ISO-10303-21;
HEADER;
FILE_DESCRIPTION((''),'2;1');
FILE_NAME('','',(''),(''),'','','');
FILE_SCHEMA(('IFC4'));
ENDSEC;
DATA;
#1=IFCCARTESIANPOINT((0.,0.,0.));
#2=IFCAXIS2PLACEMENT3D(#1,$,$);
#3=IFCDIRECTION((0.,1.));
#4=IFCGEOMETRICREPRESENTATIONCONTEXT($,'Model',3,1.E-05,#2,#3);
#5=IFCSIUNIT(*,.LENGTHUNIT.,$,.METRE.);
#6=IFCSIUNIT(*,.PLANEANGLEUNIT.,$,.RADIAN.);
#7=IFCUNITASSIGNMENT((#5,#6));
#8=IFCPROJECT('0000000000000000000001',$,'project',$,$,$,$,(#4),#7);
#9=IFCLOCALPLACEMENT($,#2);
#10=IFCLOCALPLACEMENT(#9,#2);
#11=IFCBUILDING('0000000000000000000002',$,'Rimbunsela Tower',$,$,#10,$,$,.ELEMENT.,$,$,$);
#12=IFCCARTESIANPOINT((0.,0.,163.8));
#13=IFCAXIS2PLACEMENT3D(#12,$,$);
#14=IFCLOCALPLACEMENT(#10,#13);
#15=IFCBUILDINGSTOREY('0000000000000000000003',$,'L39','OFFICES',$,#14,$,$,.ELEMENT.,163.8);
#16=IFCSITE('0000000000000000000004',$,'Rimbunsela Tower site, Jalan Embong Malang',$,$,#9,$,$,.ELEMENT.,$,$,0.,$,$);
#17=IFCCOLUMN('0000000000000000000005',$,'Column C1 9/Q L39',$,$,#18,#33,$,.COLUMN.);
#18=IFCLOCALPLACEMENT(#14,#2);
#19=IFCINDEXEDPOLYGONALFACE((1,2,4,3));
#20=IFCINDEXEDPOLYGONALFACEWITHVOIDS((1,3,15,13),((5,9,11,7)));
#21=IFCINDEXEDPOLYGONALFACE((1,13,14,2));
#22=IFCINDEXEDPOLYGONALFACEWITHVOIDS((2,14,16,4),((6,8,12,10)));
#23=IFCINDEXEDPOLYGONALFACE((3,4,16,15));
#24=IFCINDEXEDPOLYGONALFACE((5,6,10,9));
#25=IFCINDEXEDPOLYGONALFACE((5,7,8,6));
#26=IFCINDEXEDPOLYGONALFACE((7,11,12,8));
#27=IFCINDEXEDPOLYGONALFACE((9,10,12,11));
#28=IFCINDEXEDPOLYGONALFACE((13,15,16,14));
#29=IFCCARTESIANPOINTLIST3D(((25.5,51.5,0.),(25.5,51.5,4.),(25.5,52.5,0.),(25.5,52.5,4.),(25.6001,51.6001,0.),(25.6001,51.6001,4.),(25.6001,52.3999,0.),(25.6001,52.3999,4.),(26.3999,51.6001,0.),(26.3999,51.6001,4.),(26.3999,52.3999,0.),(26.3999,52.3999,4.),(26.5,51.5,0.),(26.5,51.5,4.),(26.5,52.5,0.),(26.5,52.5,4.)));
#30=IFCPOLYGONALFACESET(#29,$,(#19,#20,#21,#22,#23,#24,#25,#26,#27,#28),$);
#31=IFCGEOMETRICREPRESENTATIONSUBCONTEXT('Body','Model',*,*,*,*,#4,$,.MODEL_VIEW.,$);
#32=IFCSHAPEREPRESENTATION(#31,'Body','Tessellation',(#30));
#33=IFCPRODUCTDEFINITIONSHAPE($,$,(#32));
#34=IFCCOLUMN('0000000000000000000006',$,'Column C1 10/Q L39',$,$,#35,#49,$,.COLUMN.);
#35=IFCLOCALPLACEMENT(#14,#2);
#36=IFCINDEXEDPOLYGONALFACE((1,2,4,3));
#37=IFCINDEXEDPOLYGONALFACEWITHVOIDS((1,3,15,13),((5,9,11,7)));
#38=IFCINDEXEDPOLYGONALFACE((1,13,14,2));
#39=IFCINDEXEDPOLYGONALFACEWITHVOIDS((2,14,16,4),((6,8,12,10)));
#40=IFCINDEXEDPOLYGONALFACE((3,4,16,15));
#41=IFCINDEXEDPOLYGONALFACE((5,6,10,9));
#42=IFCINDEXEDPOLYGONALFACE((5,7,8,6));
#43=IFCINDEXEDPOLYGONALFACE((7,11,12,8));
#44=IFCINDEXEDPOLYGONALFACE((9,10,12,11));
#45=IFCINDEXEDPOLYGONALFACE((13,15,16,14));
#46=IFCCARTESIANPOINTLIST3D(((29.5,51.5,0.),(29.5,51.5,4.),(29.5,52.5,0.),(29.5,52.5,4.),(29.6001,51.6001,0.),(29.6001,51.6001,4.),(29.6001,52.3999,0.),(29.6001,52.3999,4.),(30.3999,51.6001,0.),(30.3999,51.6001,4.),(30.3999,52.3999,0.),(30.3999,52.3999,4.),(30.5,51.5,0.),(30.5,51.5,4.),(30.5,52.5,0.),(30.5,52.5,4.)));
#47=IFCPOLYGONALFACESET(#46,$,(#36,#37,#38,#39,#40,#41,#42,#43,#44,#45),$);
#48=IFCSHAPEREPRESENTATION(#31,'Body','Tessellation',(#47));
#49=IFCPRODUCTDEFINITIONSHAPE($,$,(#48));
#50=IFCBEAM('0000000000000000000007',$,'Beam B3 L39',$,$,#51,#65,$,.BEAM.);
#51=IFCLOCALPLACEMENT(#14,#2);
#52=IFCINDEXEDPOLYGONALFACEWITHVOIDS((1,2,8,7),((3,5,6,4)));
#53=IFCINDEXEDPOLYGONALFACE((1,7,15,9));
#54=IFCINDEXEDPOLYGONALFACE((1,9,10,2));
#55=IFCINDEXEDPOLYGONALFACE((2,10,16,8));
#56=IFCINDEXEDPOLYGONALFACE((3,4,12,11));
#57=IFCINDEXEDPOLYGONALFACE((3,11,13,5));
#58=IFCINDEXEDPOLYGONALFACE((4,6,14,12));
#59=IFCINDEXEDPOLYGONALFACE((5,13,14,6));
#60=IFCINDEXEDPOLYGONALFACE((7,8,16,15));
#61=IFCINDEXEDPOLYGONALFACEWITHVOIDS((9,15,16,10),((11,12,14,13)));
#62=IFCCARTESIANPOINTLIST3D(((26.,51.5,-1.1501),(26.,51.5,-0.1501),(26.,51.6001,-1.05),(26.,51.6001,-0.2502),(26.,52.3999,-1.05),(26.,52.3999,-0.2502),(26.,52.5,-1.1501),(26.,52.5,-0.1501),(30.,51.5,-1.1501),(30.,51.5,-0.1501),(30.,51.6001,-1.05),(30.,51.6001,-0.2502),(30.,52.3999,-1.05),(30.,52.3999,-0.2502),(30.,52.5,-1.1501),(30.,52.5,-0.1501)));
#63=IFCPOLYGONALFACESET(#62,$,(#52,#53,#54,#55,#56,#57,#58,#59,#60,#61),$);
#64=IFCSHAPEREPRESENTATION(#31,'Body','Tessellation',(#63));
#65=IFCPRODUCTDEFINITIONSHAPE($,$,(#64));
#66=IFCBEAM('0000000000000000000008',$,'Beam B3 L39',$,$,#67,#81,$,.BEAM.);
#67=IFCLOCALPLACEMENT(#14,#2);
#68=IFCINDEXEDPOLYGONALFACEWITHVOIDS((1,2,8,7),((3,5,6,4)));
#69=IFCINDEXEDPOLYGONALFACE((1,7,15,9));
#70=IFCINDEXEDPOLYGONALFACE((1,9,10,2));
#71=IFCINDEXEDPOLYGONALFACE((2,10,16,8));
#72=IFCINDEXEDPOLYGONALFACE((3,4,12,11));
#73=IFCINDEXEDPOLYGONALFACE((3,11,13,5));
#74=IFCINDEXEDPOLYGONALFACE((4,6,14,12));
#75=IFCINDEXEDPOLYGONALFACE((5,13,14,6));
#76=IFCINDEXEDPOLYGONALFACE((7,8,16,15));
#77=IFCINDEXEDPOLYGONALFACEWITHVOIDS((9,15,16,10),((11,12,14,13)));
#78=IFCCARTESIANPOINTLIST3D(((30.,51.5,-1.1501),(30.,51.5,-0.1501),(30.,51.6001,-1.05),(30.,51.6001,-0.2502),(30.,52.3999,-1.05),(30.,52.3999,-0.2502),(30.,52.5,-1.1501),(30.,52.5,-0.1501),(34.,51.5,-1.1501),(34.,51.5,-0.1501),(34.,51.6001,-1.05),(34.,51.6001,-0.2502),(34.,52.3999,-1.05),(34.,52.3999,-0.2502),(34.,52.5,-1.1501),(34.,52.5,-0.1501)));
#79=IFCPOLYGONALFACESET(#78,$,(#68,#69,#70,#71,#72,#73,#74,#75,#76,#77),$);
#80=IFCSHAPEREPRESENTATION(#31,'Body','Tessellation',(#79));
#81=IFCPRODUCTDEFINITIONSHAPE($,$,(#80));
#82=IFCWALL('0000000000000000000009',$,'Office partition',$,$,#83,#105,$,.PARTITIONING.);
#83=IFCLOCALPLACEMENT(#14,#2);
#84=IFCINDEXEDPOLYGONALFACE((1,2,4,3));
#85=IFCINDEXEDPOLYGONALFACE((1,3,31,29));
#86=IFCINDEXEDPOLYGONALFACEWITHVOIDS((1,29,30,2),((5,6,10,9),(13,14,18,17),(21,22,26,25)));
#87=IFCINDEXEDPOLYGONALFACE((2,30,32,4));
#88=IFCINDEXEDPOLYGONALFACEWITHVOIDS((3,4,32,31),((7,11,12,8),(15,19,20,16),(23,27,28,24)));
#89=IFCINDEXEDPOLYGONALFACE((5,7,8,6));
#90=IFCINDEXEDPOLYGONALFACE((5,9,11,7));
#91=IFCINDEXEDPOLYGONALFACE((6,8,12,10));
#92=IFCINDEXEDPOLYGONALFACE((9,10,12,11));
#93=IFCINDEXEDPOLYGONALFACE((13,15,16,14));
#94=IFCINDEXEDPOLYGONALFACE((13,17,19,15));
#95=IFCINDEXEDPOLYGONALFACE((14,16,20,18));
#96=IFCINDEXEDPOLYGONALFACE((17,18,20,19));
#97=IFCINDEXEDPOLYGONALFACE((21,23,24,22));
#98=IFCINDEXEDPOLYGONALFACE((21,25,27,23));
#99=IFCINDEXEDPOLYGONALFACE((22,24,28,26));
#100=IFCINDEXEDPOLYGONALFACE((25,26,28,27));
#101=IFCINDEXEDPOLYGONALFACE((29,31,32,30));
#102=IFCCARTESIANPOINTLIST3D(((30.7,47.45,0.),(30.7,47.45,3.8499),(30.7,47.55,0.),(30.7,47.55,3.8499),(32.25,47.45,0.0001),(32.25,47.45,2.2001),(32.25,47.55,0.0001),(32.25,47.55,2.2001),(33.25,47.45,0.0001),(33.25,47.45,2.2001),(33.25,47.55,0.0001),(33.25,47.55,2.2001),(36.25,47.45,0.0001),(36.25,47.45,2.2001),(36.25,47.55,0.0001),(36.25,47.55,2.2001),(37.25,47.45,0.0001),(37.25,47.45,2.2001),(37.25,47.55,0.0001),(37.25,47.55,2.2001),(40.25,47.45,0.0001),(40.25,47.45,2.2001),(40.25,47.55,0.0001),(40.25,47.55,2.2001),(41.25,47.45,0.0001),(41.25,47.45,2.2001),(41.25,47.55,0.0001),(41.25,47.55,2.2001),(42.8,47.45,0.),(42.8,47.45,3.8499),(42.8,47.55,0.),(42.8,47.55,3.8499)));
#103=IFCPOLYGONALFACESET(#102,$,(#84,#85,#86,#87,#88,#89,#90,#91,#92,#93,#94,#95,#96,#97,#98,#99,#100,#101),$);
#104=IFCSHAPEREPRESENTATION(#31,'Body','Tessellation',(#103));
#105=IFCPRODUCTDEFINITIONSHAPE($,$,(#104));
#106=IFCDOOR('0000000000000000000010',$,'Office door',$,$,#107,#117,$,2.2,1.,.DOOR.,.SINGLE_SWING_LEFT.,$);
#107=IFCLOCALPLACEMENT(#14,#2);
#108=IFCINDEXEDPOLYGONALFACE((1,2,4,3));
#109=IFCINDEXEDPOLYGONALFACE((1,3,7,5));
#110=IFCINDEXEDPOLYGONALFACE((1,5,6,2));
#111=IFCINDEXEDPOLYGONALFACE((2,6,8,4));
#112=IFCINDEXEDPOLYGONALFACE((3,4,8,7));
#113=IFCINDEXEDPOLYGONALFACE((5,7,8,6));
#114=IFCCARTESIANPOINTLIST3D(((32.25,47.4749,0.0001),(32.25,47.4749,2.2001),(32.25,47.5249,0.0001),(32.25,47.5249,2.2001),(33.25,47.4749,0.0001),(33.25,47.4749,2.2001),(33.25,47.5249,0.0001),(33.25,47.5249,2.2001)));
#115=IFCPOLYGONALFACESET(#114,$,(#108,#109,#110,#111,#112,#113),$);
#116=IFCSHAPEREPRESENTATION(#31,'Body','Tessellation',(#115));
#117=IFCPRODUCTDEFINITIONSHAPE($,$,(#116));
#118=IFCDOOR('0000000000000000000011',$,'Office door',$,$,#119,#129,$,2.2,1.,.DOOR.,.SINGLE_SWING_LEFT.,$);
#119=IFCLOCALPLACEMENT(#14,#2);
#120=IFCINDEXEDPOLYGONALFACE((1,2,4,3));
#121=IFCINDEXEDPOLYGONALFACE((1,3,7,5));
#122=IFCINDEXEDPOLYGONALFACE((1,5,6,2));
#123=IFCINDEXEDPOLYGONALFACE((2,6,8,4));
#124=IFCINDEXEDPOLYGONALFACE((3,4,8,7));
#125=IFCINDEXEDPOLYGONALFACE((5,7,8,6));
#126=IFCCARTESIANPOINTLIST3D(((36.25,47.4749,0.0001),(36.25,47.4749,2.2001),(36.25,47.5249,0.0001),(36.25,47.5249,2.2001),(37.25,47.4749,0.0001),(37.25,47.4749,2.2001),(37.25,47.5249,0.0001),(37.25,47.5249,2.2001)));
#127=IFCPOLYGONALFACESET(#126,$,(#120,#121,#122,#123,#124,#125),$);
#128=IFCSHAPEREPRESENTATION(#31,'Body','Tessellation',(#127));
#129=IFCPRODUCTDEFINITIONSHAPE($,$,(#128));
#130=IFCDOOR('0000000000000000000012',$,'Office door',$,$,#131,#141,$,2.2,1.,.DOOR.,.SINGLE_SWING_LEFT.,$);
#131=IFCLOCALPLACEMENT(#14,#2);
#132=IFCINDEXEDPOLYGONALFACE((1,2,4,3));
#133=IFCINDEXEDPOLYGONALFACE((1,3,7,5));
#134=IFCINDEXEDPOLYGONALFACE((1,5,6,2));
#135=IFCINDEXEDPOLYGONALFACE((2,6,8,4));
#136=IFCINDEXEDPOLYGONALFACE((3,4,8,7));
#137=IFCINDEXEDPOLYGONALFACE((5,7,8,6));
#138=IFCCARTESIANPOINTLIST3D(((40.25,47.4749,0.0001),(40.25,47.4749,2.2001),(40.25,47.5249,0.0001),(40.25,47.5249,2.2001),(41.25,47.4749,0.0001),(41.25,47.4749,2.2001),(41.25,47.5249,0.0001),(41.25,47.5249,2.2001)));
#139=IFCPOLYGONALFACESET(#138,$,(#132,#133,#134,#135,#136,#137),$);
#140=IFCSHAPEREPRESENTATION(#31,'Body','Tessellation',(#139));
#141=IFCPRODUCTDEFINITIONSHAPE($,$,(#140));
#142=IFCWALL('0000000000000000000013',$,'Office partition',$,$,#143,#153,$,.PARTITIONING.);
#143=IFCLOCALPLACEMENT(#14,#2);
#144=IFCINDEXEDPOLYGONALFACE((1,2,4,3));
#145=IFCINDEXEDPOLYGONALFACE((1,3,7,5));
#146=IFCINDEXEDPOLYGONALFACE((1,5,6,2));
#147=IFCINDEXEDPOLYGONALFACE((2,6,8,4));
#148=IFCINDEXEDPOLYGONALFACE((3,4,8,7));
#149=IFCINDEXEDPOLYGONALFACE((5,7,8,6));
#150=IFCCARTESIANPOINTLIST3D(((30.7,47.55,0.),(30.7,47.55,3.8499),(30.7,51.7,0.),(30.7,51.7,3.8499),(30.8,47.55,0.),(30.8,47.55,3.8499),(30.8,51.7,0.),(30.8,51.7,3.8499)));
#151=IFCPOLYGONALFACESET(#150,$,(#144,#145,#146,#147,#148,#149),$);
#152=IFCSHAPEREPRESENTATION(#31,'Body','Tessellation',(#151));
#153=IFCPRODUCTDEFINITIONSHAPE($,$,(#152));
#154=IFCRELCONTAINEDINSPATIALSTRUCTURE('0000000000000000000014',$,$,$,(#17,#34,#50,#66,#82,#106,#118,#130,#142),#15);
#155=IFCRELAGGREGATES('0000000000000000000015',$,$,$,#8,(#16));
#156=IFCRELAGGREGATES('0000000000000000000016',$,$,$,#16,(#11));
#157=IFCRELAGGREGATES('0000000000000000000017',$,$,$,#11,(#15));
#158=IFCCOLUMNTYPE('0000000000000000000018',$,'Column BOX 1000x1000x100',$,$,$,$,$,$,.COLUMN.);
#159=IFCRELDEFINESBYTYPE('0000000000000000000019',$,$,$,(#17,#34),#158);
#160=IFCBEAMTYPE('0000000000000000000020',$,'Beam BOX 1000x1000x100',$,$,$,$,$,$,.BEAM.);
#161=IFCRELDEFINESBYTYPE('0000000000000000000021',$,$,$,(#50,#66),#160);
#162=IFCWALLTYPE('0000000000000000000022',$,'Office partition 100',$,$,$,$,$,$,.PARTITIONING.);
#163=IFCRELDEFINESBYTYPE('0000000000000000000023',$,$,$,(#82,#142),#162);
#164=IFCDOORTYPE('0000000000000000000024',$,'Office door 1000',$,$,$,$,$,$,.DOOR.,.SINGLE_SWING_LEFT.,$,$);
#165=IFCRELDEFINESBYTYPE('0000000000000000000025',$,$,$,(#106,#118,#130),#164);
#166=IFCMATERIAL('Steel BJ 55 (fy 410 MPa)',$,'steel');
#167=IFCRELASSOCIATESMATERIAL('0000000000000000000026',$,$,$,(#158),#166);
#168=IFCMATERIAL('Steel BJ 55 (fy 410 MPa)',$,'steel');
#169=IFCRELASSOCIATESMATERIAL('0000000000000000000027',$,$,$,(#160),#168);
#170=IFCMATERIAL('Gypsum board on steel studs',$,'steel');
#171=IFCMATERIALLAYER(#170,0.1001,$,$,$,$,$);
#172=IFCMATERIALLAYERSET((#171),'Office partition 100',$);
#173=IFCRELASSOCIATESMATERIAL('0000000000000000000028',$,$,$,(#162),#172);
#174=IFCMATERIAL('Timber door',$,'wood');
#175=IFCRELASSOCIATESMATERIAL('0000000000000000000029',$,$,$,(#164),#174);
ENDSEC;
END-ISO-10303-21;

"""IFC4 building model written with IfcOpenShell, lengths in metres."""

from ifc_helpers import new_model, si_unit, direction, frame, frame_2d, origin, origin_2d, place, context, subcontext, project, spatial, rectangle, hollow_rectangle, extrude, material, layer, layer_set, material_profile, profile_set, type_object, element, fill, save


model = new_model("IFC4")

# Units and contexts
model_context = context("Model", 3, precision=1e-05, world=origin(), true_north=direction((0.0, 1.0)))
body_context = subcontext(model_context, "Body", "Model", "MODEL_VIEW")
ifc_project = project(units=[si_unit("LENGTHUNIT", "METRE"), si_unit("PLANEANGLEUNIT", "RADIAN")], contexts=[model_context])

# Site, building, storey
site_placement = place(None, origin())
site = spatial("IfcSite", under=ifc_project, at=site_placement, Name="Rimbunsela Tower site, Jalan Embong Malang", CompositionType="ELEMENT", RefElevation=0.0)
building_placement = place(site_placement, origin())
building = spatial("IfcBuilding", under=site, at=building_placement, Name="Rimbunsela Tower", CompositionType="ELEMENT")
storey_placement = place(building_placement, frame((0.0, 0.0, 163.8)))
storey = spatial("IfcBuildingStorey", under=building, at=storey_placement, Name="L39", Description="OFFICES", CompositionType="ELEMENT", Elevation=163.8)

# Columns
ifc_material_1 = material(Name="Steel BJ 55 (fy 410 MPa)", Category="steel")
ifc_material_profile_1 = material_profile(ifc_material_1, hollow_rectangle(XDim=1.0, YDim=1.0, WallThickness=0.1001, at=origin_2d()), Name="BOX 1000x1000x100")
ifc_profile_set_1 = profile_set([ifc_material_profile_1], Name="Steel BJ 55 (fy 410 MPa)")
column_type = type_object("IfcColumnType", Name="Column BOX 1000x1000x100", PredefinedType="COLUMN", material=ifc_profile_set_1)
for number, where, z_axis, x_axis, name in (
    (1, (26.0, 52.0, 0.0), (0.0, 0.0, 1.0), (1.0, 0.0, 0.0), "Column C1 9/Q L39"),
    (2, (30.0, 52.0, 0.0), (0.0, 0.0, 1.0), (1.0, 0.0, 0.0), "Column C1 10/Q L39"),
):
    element("IfcColumn", number, at=place(storey_placement, frame(where, z_axis=z_axis, x_axis=x_axis)), inside=storey, type_object=column_type, Name=name, PredefinedType="COLUMN", context=body_context, shape_type="SweptSolid", body=[
        extrude(hollow_rectangle(XDim=1.0, YDim=1.0, WallThickness=0.1001, at=origin_2d()), origin(), (0.0, 0.0, 1.0), 4.0),
    ])

# Beams
ifc_material_2 = material(Name="Steel BJ 55 (fy 410 MPa)", Category="steel")
ifc_material_profile_2 = material_profile(ifc_material_2, hollow_rectangle(XDim=1.0, YDim=1.0, WallThickness=0.1001, at=origin_2d()), Name="BOX 1000x1000x100")
ifc_profile_set_2 = profile_set([ifc_material_profile_2], Name="Steel BJ 55 (fy 410 MPa)")
beam_type = type_object("IfcBeamType", Name="Beam BOX 1000x1000x100", PredefinedType="BEAM", material=ifc_profile_set_2)
for number, where, z_axis, x_axis, name in (
    (3, (26.0, 52.0, -0.6501), (1.0, 0.0, 0.0), (0.0, 1.0, 0.0), "Beam B3 L39"),
    (4, (30.0, 52.0, -0.6501), (1.0, 0.0, 0.0), (0.0, 1.0, 0.0), "Beam B3 L39"),
):
    element("IfcBeam", number, at=place(storey_placement, frame(where, z_axis=z_axis, x_axis=x_axis)), inside=storey, type_object=beam_type, Name=name, PredefinedType="BEAM", context=body_context, shape_type="SweptSolid", body=[
        extrude(hollow_rectangle(XDim=1.0, YDim=1.0, WallThickness=0.1001, at=origin_2d()), origin(), (0.0, 0.0, 1.0), 4.0),
    ])

# Wall, openings, doors
ifc_material_3 = material(Name="Gypsum board on steel studs", Category="steel")
ifc_layer_1 = layer(ifc_material_3, 0.1001)
ifc_layer_set_1 = layer_set([ifc_layer_1], Name="Office partition 100")
wall_type_1 = type_object("IfcWallType", Name="Office partition 100", PredefinedType="PARTITIONING", material=ifc_layer_set_1)
wall_1_placement = place(storey_placement, frame((30.7, 47.5, 0.0), z_axis=(0.0, 0.0, 1.0), x_axis=(1.0, 0.0, 0.0)))
wall_1 = element("IfcWall", 5, at=wall_1_placement, inside=storey, type_object=wall_type_1, Name="Office partition", PredefinedType="PARTITIONING", context=body_context, shape_type="SweptSolid", body=[
    extrude(rectangle(XDim=12.1001, YDim=0.1001, at=frame_2d((6.05, 0.0))), origin(), (0.0, 0.0, 1.0), 3.8499),
])
opening_1_placement = place(wall_1_placement, frame((1.55, 0.0, 0.0)))
opening_1 = element("IfcOpeningElement", 6, at=opening_1_placement, cuts=wall_1, PredefinedType="OPENING", context=body_context, shape_type="SweptSolid", body=[
    extrude(rectangle(XDim=1.0, YDim=2.2, at=frame_2d((0.5, 1.1001))), frame((0.0, 0.0601, 0.0), z_axis=(0.0, -1.0, 0.0), x_axis=(1.0, 0.0, 0.0)), (0.0, 0.0, 1.0), 0.1201),
])
opening_2_placement = place(wall_1_placement, frame((5.55, 0.0, 0.0)))
opening_2 = element("IfcOpeningElement", 7, at=opening_2_placement, cuts=wall_1, PredefinedType="OPENING", context=body_context, shape_type="SweptSolid", body=[
    extrude(rectangle(XDim=1.0, YDim=2.2, at=frame_2d((0.5, 1.1001))), frame((0.0, 0.0601, 0.0), z_axis=(0.0, -1.0, 0.0), x_axis=(1.0, 0.0, 0.0)), (0.0, 0.0, 1.0), 0.1201),
])
opening_3_placement = place(wall_1_placement, frame((9.55, 0.0, 0.0)))
opening_3 = element("IfcOpeningElement", 8, at=opening_3_placement, cuts=wall_1, PredefinedType="OPENING", context=body_context, shape_type="SweptSolid", body=[
    extrude(rectangle(XDim=1.0, YDim=2.2, at=frame_2d((0.5, 1.1001))), frame((0.0, 0.0601, 0.0), z_axis=(0.0, -1.0, 0.0), x_axis=(1.0, 0.0, 0.0)), (0.0, 0.0, 1.0), 0.1201),
])
ifc_material_4 = material(Name="Timber door", Category="wood")
door_type_1 = type_object("IfcDoorType", Name="Office door 1000", OperationType="SINGLE_SWING_LEFT", PredefinedType="DOOR", material=ifc_material_4)
door_1_placement = place(opening_1_placement, origin())
door_1 = element("IfcDoor", 9, at=door_1_placement, inside=storey, type_object=door_type_1, Name="Office door", OperationType="SINGLE_SWING_LEFT", OverallHeight=2.2, OverallWidth=1.0, PredefinedType="DOOR", context=body_context, shape_type="SweptSolid", body=[
    extrude(rectangle(XDim=1.0, YDim=2.2, at=frame_2d((0.5, 1.1001))), frame((0.0, 0.0249, 0.0), z_axis=(0.0, -1.0, 0.0), x_axis=(1.0, 0.0, 0.0)), (0.0, 0.0, 1.0), 0.05),
])
fill(opening_1, door_1)
door_2_placement = place(opening_2_placement, origin())
door_2 = element("IfcDoor", 10, at=door_2_placement, inside=storey, type_object=door_type_1, Name="Office door", OperationType="SINGLE_SWING_LEFT", OverallHeight=2.2, OverallWidth=1.0, PredefinedType="DOOR", context=body_context, shape_type="SweptSolid", body=[
    extrude(rectangle(XDim=1.0, YDim=2.2, at=frame_2d((0.5, 1.1001))), frame((0.0, 0.0249, 0.0), z_axis=(0.0, -1.0, 0.0), x_axis=(1.0, 0.0, 0.0)), (0.0, 0.0, 1.0), 0.05),
])
fill(opening_2, door_2)
door_3_placement = place(opening_3_placement, origin())
door_3 = element("IfcDoor", 11, at=door_3_placement, inside=storey, type_object=door_type_1, Name="Office door", OperationType="SINGLE_SWING_LEFT", OverallHeight=2.2, OverallWidth=1.0, PredefinedType="DOOR", context=body_context, shape_type="SweptSolid", body=[
    extrude(rectangle(XDim=1.0, YDim=2.2, at=frame_2d((0.5, 1.1001))), frame((0.0, 0.0249, 0.0), z_axis=(0.0, -1.0, 0.0), x_axis=(1.0, 0.0, 0.0)), (0.0, 0.0, 1.0), 0.05),
])
fill(opening_3, door_3)

# Wall
wall_2_placement = place(storey_placement, frame((30.75, 47.55, 0.0), z_axis=(0.0, 0.0, 1.0), x_axis=(0.0, 1.0, 0.0)))
element("IfcWall", 12, at=wall_2_placement, inside=storey, type_object=wall_type_1, Name="Office partition", PredefinedType="PARTITIONING", context=body_context, shape_type="SweptSolid", body=[
    extrude(rectangle(XDim=4.1499, YDim=0.1001, at=frame_2d((2.075, 0.0))), origin(), (0.0, 0.0, 1.0), 3.8499),
])

save(model, "model.ifc")
